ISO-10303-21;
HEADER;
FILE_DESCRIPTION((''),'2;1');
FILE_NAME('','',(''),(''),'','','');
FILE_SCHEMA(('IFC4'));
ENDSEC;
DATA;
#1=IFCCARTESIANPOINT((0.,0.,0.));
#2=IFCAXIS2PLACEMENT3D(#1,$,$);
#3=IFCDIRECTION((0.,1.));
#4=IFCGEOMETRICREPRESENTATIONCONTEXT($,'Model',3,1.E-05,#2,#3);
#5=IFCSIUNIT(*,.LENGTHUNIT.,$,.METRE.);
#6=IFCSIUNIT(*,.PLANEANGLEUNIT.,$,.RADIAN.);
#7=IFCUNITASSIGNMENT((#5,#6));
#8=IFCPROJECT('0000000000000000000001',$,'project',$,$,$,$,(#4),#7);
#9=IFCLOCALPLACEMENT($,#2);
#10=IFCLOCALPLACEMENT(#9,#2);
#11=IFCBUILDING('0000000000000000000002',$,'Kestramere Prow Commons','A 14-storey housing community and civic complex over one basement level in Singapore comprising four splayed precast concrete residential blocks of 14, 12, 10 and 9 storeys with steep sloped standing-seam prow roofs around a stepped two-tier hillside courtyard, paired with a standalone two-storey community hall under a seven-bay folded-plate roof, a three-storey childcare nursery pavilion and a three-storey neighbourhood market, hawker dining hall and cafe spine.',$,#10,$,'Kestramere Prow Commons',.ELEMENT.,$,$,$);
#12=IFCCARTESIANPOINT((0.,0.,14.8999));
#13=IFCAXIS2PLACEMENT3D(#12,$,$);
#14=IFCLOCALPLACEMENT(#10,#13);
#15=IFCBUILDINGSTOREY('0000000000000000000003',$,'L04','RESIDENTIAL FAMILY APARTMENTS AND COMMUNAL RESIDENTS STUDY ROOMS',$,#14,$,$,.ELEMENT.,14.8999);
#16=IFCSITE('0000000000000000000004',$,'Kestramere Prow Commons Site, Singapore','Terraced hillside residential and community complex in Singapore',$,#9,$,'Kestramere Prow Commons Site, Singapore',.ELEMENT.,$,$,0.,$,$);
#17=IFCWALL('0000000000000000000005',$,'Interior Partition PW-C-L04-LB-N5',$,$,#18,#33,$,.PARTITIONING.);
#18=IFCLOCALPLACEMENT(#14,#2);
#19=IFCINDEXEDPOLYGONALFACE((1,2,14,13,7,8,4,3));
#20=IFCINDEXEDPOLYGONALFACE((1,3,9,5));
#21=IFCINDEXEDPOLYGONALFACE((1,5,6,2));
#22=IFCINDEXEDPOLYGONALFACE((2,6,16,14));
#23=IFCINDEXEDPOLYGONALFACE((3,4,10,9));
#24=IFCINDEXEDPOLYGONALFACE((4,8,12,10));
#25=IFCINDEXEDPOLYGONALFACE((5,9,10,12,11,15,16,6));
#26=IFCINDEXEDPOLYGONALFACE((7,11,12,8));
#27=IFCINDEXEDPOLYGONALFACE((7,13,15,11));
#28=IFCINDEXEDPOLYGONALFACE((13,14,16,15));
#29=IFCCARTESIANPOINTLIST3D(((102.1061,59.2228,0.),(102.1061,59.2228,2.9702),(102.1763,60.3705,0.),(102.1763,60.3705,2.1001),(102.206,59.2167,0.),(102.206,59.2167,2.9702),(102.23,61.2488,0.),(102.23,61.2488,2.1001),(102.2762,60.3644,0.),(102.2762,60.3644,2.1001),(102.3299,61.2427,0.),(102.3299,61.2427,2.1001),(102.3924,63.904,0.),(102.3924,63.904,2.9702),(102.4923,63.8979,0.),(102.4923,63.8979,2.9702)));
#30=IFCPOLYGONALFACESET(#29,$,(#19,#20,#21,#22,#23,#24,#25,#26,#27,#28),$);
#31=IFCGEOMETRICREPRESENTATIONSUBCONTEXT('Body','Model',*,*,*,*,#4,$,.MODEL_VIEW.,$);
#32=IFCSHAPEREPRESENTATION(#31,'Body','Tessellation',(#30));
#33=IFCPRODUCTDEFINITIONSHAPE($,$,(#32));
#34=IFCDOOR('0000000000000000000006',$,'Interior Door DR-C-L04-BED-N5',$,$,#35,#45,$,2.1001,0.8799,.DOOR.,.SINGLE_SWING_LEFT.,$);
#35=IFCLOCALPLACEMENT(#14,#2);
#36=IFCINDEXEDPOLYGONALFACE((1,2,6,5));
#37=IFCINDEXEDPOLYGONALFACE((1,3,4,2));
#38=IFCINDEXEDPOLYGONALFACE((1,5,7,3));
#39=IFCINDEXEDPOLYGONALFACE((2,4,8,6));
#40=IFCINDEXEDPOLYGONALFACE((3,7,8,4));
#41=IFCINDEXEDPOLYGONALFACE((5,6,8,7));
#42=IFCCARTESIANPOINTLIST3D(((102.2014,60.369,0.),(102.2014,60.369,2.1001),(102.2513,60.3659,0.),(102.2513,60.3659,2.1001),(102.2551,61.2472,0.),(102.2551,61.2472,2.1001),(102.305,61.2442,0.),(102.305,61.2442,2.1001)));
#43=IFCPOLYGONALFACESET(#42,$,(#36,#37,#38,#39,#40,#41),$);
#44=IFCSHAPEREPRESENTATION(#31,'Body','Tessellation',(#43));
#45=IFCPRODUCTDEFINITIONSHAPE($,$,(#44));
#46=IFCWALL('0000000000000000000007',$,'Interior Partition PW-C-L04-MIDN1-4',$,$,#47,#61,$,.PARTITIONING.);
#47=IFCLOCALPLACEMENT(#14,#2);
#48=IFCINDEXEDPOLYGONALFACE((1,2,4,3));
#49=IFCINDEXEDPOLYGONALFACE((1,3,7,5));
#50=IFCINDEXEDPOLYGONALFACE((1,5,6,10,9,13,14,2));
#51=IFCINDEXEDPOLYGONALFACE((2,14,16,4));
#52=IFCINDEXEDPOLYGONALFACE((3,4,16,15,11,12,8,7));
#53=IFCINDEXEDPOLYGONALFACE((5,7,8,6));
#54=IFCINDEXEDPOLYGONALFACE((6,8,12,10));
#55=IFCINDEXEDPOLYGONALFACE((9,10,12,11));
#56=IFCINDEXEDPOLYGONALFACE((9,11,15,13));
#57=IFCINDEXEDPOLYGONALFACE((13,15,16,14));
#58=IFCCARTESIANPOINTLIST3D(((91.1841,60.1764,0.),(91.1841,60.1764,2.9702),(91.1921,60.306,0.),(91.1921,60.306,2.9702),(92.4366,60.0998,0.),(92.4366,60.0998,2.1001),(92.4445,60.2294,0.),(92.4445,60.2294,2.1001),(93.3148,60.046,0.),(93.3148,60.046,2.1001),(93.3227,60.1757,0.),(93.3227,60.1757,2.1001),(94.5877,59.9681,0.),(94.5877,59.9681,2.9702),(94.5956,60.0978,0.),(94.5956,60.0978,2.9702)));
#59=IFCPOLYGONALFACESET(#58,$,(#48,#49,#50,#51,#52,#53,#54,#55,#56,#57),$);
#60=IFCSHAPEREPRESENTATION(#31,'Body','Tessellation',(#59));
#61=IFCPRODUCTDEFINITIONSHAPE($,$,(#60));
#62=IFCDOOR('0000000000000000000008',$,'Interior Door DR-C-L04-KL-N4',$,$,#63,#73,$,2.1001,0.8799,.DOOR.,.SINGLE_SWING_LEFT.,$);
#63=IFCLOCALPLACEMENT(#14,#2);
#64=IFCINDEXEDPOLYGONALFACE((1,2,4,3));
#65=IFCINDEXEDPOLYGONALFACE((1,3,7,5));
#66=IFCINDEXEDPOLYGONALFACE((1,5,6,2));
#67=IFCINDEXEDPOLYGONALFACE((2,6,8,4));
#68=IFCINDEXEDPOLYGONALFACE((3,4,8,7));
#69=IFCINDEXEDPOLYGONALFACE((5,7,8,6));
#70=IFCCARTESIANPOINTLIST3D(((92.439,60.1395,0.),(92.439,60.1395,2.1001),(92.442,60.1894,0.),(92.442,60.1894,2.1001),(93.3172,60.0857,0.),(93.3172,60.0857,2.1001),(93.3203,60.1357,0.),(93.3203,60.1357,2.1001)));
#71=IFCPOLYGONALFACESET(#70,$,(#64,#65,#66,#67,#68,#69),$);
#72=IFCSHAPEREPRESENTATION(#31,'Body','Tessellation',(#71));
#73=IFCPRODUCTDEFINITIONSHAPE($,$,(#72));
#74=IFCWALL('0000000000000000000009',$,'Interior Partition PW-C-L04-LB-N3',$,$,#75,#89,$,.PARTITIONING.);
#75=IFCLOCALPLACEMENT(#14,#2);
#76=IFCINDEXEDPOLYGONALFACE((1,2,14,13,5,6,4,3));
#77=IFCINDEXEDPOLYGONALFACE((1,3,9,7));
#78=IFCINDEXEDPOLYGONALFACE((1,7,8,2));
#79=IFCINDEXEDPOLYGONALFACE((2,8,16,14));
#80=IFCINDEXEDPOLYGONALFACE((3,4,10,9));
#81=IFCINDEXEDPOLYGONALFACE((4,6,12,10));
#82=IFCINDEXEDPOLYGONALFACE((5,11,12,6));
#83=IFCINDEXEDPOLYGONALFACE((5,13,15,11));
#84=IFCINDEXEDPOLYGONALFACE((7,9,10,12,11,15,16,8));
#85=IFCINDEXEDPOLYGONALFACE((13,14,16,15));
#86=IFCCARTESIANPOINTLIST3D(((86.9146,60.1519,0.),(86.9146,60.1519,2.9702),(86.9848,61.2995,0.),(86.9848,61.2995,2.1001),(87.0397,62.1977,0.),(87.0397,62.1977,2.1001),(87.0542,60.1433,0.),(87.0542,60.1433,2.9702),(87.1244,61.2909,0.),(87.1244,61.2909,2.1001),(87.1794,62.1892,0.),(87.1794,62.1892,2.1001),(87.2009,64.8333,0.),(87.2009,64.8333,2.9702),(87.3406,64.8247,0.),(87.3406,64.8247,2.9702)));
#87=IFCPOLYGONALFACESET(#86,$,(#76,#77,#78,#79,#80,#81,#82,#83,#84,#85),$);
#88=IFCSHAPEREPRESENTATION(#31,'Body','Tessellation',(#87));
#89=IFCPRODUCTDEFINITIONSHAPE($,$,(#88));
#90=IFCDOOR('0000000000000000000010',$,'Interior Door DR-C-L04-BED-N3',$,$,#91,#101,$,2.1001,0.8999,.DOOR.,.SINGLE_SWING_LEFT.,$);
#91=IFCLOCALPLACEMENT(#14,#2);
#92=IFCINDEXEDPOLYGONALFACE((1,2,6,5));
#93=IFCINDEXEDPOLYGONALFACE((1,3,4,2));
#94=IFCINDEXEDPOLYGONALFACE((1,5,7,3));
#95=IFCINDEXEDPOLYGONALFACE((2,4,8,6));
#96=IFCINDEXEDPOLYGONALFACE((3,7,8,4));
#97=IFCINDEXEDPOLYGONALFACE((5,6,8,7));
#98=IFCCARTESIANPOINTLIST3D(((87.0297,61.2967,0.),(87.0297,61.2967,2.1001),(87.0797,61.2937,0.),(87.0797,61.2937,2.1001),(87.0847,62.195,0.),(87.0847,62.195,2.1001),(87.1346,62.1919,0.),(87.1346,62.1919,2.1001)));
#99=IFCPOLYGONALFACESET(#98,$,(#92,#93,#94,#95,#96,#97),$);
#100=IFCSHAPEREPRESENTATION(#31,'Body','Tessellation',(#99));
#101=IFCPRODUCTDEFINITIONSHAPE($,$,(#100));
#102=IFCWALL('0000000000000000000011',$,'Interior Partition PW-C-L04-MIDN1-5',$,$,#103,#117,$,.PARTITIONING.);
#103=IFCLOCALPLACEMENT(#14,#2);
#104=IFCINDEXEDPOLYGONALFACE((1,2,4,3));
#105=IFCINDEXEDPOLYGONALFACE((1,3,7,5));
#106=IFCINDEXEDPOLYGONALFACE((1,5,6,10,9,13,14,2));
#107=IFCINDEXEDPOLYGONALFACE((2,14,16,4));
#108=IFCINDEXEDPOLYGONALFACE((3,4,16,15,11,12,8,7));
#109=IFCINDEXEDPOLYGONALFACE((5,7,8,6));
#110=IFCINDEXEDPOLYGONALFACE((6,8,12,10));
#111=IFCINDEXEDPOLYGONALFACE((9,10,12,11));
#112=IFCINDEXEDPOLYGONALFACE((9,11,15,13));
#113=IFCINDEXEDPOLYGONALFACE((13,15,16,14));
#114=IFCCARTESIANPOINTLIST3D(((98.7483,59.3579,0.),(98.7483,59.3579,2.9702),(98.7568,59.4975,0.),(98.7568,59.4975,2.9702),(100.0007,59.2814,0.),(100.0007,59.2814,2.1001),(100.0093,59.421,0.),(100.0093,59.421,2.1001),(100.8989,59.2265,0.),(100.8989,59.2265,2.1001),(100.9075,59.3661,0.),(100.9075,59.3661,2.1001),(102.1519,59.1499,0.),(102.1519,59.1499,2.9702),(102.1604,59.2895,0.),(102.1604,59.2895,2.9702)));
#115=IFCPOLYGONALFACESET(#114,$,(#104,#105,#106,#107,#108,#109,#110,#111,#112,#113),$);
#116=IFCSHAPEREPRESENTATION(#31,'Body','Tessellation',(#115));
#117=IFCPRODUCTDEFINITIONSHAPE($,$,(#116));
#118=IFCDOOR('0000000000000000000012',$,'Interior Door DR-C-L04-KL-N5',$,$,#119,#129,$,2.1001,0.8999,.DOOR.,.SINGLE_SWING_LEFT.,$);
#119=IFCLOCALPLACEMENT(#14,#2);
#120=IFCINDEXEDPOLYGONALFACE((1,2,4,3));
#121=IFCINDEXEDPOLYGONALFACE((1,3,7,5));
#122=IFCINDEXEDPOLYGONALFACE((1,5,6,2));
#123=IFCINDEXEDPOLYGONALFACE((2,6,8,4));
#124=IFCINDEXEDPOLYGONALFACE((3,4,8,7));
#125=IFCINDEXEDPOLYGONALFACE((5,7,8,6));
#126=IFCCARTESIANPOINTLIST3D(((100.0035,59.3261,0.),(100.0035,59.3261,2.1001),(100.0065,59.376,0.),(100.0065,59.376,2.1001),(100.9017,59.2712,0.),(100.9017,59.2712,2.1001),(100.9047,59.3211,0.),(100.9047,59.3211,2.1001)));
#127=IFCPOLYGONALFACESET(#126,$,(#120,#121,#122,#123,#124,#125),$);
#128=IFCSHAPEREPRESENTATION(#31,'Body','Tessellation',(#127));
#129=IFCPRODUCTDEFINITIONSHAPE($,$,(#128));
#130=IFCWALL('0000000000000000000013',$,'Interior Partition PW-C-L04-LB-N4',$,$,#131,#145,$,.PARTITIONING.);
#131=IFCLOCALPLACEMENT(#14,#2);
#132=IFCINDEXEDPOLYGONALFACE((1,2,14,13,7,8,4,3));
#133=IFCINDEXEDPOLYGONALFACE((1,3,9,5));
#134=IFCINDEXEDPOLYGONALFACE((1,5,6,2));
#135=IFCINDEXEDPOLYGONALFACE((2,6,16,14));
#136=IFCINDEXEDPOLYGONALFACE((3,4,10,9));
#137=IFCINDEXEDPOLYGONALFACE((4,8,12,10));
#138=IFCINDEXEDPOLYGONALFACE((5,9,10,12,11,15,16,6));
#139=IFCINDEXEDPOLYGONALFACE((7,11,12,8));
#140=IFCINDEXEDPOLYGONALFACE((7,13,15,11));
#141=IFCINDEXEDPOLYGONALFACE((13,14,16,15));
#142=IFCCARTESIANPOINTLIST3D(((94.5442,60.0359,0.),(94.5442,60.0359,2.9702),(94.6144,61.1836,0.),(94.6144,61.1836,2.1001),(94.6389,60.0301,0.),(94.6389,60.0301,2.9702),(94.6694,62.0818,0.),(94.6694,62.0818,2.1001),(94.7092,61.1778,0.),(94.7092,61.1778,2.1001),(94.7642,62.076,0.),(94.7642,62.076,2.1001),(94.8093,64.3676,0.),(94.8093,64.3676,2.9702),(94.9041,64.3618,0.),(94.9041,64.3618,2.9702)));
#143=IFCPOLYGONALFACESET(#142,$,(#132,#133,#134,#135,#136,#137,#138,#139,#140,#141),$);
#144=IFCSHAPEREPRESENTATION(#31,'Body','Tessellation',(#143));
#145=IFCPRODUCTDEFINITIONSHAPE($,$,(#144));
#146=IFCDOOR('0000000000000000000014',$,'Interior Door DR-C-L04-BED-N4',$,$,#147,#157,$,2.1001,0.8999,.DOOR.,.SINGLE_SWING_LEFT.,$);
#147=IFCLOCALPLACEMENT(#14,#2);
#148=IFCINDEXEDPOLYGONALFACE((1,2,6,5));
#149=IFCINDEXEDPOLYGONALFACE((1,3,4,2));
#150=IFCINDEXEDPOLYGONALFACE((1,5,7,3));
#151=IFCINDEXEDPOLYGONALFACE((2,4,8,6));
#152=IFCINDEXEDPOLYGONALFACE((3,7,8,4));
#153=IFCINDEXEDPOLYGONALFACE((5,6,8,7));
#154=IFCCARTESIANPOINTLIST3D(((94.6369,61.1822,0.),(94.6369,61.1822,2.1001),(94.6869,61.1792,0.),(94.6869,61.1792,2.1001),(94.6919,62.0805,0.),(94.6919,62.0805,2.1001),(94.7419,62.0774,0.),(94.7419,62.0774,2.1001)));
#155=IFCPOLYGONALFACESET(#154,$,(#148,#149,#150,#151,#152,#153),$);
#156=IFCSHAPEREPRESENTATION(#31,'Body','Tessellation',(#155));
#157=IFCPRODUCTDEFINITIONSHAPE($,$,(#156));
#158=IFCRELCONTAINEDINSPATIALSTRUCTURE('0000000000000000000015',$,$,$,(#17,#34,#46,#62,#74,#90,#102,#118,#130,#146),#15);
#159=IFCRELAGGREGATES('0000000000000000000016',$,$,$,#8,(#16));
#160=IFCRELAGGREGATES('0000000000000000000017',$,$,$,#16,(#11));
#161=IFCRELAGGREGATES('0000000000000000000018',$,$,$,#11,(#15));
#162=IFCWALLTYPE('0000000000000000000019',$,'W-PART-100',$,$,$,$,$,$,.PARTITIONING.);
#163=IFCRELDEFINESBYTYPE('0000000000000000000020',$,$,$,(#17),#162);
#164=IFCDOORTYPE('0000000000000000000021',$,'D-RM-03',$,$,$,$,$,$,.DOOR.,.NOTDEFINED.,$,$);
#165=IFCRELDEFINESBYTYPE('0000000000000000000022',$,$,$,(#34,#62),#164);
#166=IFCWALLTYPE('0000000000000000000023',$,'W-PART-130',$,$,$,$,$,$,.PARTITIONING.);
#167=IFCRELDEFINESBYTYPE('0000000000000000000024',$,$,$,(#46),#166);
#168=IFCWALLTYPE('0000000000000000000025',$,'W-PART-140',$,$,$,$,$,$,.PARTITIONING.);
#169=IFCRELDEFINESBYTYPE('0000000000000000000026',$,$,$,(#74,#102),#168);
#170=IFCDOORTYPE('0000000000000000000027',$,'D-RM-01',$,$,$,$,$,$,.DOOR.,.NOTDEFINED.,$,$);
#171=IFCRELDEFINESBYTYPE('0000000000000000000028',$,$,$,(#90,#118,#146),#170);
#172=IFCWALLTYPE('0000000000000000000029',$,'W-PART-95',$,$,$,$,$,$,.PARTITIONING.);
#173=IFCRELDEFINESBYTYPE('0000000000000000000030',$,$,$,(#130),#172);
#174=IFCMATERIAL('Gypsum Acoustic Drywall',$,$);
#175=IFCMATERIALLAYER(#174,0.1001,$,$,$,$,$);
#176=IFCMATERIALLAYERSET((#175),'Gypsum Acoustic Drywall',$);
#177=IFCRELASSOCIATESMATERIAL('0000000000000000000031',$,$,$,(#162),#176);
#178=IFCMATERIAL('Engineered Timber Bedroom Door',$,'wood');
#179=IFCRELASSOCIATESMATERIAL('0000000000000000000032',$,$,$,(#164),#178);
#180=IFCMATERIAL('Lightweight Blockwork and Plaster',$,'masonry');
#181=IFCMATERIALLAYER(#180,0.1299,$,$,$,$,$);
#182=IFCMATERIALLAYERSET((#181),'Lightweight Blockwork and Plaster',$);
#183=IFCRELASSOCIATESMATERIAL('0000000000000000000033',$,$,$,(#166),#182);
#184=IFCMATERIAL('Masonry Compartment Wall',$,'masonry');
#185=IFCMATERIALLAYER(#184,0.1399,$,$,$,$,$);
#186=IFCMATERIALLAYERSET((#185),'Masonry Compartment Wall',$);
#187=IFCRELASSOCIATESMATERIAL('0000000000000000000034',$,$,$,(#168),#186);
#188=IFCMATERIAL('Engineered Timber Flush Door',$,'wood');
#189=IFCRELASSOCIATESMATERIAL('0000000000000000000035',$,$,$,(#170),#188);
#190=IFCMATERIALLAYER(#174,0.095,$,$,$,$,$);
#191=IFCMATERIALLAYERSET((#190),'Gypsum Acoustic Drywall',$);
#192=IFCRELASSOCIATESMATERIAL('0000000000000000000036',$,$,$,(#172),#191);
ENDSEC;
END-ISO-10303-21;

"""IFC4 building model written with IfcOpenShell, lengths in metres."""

from ifc_helpers import new_model, si_unit, direction, frame, frame_2d, origin, place, context, subcontext, project, spatial, rectangle, extrude, material, layer, layer_set, type_object, element, fill, save


model = new_model("IFC4")

# Units and contexts
model_context = context("Model", 3, precision=1e-05, world=origin(), true_north=direction((0.0, 1.0)))
body_context = subcontext(model_context, "Body", "Model", "MODEL_VIEW")
ifc_project = project(units=[si_unit("LENGTHUNIT", "METRE"), si_unit("PLANEANGLEUNIT", "RADIAN")], contexts=[model_context])

# Site, building, storey
site_placement = place(None, origin())
site = spatial("IfcSite", under=ifc_project, at=site_placement, Name="Kestramere Prow Commons Site, Singapore", Description="Terraced hillside residential and community complex in Singapore", LongName="Kestramere Prow Commons Site, Singapore", CompositionType="ELEMENT", RefElevation=0.0)
building_placement = place(site_placement, origin())
building = spatial("IfcBuilding", under=site, at=building_placement, Name="Kestramere Prow Commons", Description="A 14-storey housing community and civic complex over one basement level in Singapore comprising four splayed precast concrete residential blocks of 14, 12, 10 and 9 storeys with steep sloped standing-seam prow roofs around a stepped two-tier hillside courtyard, paired with a standalone two-storey community hall under a seven-bay folded-plate roof, a three-storey childcare nursery pavilion and a three-storey neighbourhood market, hawker dining hall and cafe spine.", LongName="Kestramere Prow Commons", CompositionType="ELEMENT")
storey_placement = place(building_placement, frame((0.0, 0.0, 14.8999)))
storey = spatial("IfcBuildingStorey", under=building, at=storey_placement, Name="L04", Description="RESIDENTIAL FAMILY APARTMENTS AND COMMUNAL RESIDENTS STUDY ROOMS", CompositionType="ELEMENT", Elevation=14.8999)

# Walls, openings, doors
ifc_material_1 = material(Name="Gypsum Acoustic Drywall")
ifc_layer_1 = layer(ifc_material_1, 0.1001)
ifc_layer_set_1 = layer_set([ifc_layer_1], Name="Gypsum Acoustic Drywall")
wall_type_1 = type_object("IfcWallType", Name="W-PART-100", PredefinedType="PARTITIONING", material=ifc_layer_set_1)
wall_1_placement = place(storey_placement, frame((102.156, 59.2197, 0.0), z_axis=(0.0, 0.0, 1.0), x_axis=(0.061062, 0.998134, 0.0)))
wall_1 = element("IfcWall", 1, at=wall_1_placement, inside=storey, type_object=wall_type_1, Name="Interior Partition PW-C-L04-LB-N5", PredefinedType="PARTITIONING", context=body_context, shape_type="SweptSolid", body=[
    extrude(rectangle(XDim=4.6899, YDim=0.1001, at=frame_2d((2.345, 0.0))), origin(), (0.0, 0.0, 1.0), 2.9702),
])
opening_1_placement = place(wall_1_placement, frame((1.1499, 0.0, 0.0)))
opening_1 = element("IfcOpeningElement", 2, at=opening_1_placement, cuts=wall_1, PredefinedType="OPENING", context=body_context, shape_type="SweptSolid", body=[
    extrude(rectangle(XDim=0.8799, YDim=2.1001, at=frame_2d((0.4399, 1.05))), frame((0.0, 0.0649, 0.0), z_axis=(0.0, -1.0, 0.0), x_axis=(1.0, 0.0, 0.0)), (0.0, 0.0, 1.0), 0.1301),
])
ifc_material_2 = material(Name="Engineered Timber Bedroom Door", Category="wood")
door_type_1 = type_object("IfcDoorType", Name="D-RM-03", OperationType="NOTDEFINED", PredefinedType="DOOR", material=ifc_material_2)
door_1_placement = place(opening_1_placement, origin())
door_1 = element("IfcDoor", 3, at=door_1_placement, inside=storey, type_object=door_type_1, Name="Interior Door DR-C-L04-BED-N5", OperationType="SINGLE_SWING_LEFT", OverallHeight=2.1001, OverallWidth=0.8799, PredefinedType="DOOR", context=body_context, shape_type="SweptSolid", body=[
    extrude(rectangle(XDim=0.8799, YDim=2.1001, at=frame_2d((0.4399, 1.05))), frame((0.0, 0.0249, 0.0), z_axis=(0.0, -1.0, 0.0), x_axis=(1.0, 0.0, 0.0)), (0.0, 0.0, 1.0), 0.05),
])
fill(opening_1, door_1)
ifc_material_3 = material(Name="Lightweight Blockwork and Plaster", Category="masonry")
ifc_layer_2 = layer(ifc_material_3, 0.1299)
ifc_layer_set_2 = layer_set([ifc_layer_2], Name="Lightweight Blockwork and Plaster")
wall_type_2 = type_object("IfcWallType", Name="W-PART-130", PredefinedType="PARTITIONING", material=ifc_layer_set_2)
wall_2_placement = place(storey_placement, frame((91.188, 60.2412, 0.0), z_axis=(0.0, 0.0, 1.0), x_axis=(0.998133, -0.061072, 0.0)))
wall_2 = element("IfcWall", 4, at=wall_2_placement, inside=storey, type_object=wall_type_2, Name="Interior Partition PW-C-L04-MIDN1-4", PredefinedType="PARTITIONING", context=body_context, shape_type="SweptSolid", body=[
    extrude(rectangle(XDim=3.4099, YDim=0.1299, at=frame_2d((1.7051, 0.0))), origin(), (0.0, 0.0, 1.0), 2.9702),
])
opening_2_placement = place(wall_2_placement, frame((1.2549, 0.0, 0.0)))
opening_2 = element("IfcOpeningElement", 5, at=opening_2_placement, cuts=wall_2, PredefinedType="OPENING", context=body_context, shape_type="SweptSolid", body=[
    extrude(rectangle(XDim=0.8799, YDim=2.1001, at=frame_2d((0.4399, 1.05))), frame((0.0, 0.0798, 0.0), z_axis=(0.0, -1.0, 0.0), x_axis=(1.0, 0.0, 0.0)), (0.0, 0.0, 1.0), 0.1599),
])
door_2_placement = place(opening_2_placement, origin())
door_2 = element("IfcDoor", 6, at=door_2_placement, inside=storey, type_object=door_type_1, Name="Interior Door DR-C-L04-KL-N4", OperationType="SINGLE_SWING_LEFT", OverallHeight=2.1001, OverallWidth=0.8799, PredefinedType="DOOR", context=body_context, shape_type="SweptSolid", body=[
    extrude(rectangle(XDim=0.8799, YDim=2.1001, at=frame_2d((0.4399, 1.05))), frame((0.0, 0.0249, 0.0), z_axis=(0.0, -1.0, 0.0), x_axis=(1.0, 0.0, 0.0)), (0.0, 0.0, 1.0), 0.05),
])
fill(opening_2, door_2)
ifc_material_4 = material(Name="Masonry Compartment Wall", Category="masonry")
ifc_layer_3 = layer(ifc_material_4, 0.1399)
ifc_layer_set_3 = layer_set([ifc_layer_3], Name="Masonry Compartment Wall")
wall_type_3 = type_object("IfcWallType", Name="W-PART-140", PredefinedType="PARTITIONING", material=ifc_layer_set_3)
wall_3_placement = place(storey_placement, frame((86.9844, 60.1475, 0.0), z_axis=(0.0, 0.0, 1.0), x_axis=(0.061059, 0.998134, 0.0)))
wall_3 = element("IfcWall", 7, at=wall_3_placement, inside=storey, type_object=wall_type_3, Name="Interior Partition PW-C-L04-LB-N3", PredefinedType="PARTITIONING", context=body_context, shape_type="SweptSolid", body=[
    extrude(rectangle(XDim=4.6902, YDim=0.1399, at=frame_2d((2.3452, 0.0))), origin(), (0.0, 0.0, 1.0), 2.9702),
])
opening_3_placement = place(wall_3_placement, frame((1.1499, 0.0, 0.0)))
opening_3 = element("IfcOpeningElement", 8, at=opening_3_placement, cuts=wall_3, PredefinedType="OPENING", context=body_context, shape_type="SweptSolid", body=[
    extrude(rectangle(XDim=0.8999, YDim=2.1001, at=frame_2d((0.45, 1.05))), frame((0.0, 0.085, 0.0), z_axis=(0.0, -1.0, 0.0), x_axis=(1.0, 0.0, 0.0)), (0.0, 0.0, 1.0), 0.1699),
])
ifc_material_5 = material(Name="Engineered Timber Flush Door", Category="wood")
door_type_2 = type_object("IfcDoorType", Name="D-RM-01", OperationType="NOTDEFINED", PredefinedType="DOOR", material=ifc_material_5)
door_3_placement = place(opening_3_placement, origin())
door_3 = element("IfcDoor", 9, at=door_3_placement, inside=storey, type_object=door_type_2, Name="Interior Door DR-C-L04-BED-N3", OperationType="SINGLE_SWING_LEFT", OverallHeight=2.1001, OverallWidth=0.8999, PredefinedType="DOOR", context=body_context, shape_type="SweptSolid", body=[
    extrude(rectangle(XDim=0.8999, YDim=2.1001, at=frame_2d((0.45, 1.05))), frame((0.0, 0.0249, 0.0), z_axis=(0.0, -1.0, 0.0), x_axis=(1.0, 0.0, 0.0)), (0.0, 0.0, 1.0), 0.05),
])
fill(opening_3, door_3)
wall_4_placement = place(storey_placement, frame((98.7524, 59.4277, 0.0), z_axis=(0.0, 0.0, 1.0), x_axis=(0.998138, -0.061001, 0.0)))
wall_4 = element("IfcWall", 10, at=wall_4_placement, inside=storey, type_object=wall_type_3, Name="Interior Partition PW-C-L04-MIDN1-5", PredefinedType="PARTITIONING", context=body_context, shape_type="SweptSolid", body=[
    extrude(rectangle(XDim=3.4099, YDim=0.1399, at=frame_2d((1.7051, 0.0))), origin(), (0.0, 0.0, 1.0), 2.9702),
])
opening_4_placement = place(wall_4_placement, frame((1.2549, 0.0, 0.0)))
opening_4 = element("IfcOpeningElement", 11, at=opening_4_placement, cuts=wall_4, PredefinedType="OPENING", context=body_context, shape_type="SweptSolid", body=[
    extrude(rectangle(XDim=0.8999, YDim=2.1001, at=frame_2d((0.45, 1.05))), frame((0.0, 0.085, 0.0), z_axis=(0.0, -1.0, 0.0), x_axis=(1.0, 0.0, 0.0)), (0.0, 0.0, 1.0), 0.1699),
])
door_4_placement = place(opening_4_placement, origin())
door_4 = element("IfcDoor", 12, at=door_4_placement, inside=storey, type_object=door_type_2, Name="Interior Door DR-C-L04-KL-N5", OperationType="SINGLE_SWING_LEFT", OverallHeight=2.1001, OverallWidth=0.8999, PredefinedType="DOOR", context=body_context, shape_type="SweptSolid", body=[
    extrude(rectangle(XDim=0.8999, YDim=2.1001, at=frame_2d((0.45, 1.05))), frame((0.0, 0.0249, 0.0), z_axis=(0.0, -1.0, 0.0), x_axis=(1.0, 0.0, 0.0)), (0.0, 0.0, 1.0), 0.05),
])
fill(opening_4, door_4)
ifc_layer_4 = layer(ifc_material_1, 0.095)
ifc_layer_set_4 = layer_set([ifc_layer_4], Name="Gypsum Acoustic Drywall")
wall_type_4 = type_object("IfcWallType", Name="W-PART-95", PredefinedType="PARTITIONING", material=ifc_layer_set_4)
wall_5_placement = place(storey_placement, frame((94.5916, 60.033, 0.0), z_axis=(0.0, 0.0, 1.0), x_axis=(0.061093, 0.998132, 0.0)))
wall_5 = element("IfcWall", 13, at=wall_5_placement, inside=storey, type_object=wall_type_4, Name="Interior Partition PW-C-L04-LB-N4", PredefinedType="PARTITIONING", context=body_context, shape_type="SweptSolid", body=[
    extrude(rectangle(XDim=4.3398, YDim=0.095, at=frame_2d((2.1699, 0.0))), origin(), (0.0, 0.0, 1.0), 2.9702),
])
opening_5_placement = place(wall_5_placement, frame((1.1499, 0.0, 0.0)))
opening_5 = element("IfcOpeningElement", 14, at=opening_5_placement, cuts=wall_5, PredefinedType="OPENING", context=body_context, shape_type="SweptSolid", body=[
    extrude(rectangle(XDim=0.8999, YDim=2.1001, at=frame_2d((0.45, 1.05))), frame((0.0, 0.0625, 0.0), z_axis=(0.0, -1.0, 0.0), x_axis=(1.0, 0.0, 0.0)), (0.0, 0.0, 1.0), 0.125),
])
door_5_placement = place(opening_5_placement, origin())
door_5 = element("IfcDoor", 15, at=door_5_placement, inside=storey, type_object=door_type_2, Name="Interior Door DR-C-L04-BED-N4", OperationType="SINGLE_SWING_LEFT", OverallHeight=2.1001, OverallWidth=0.8999, PredefinedType="DOOR", context=body_context, shape_type="SweptSolid", body=[
    extrude(rectangle(XDim=0.8999, YDim=2.1001, at=frame_2d((0.45, 1.05))), frame((0.0, 0.0249, 0.0), z_axis=(0.0, -1.0, 0.0), x_axis=(1.0, 0.0, 0.0)), (0.0, 0.0, 1.0), 0.05),
])
fill(opening_5, door_5)

save(model, "model.ifc")
